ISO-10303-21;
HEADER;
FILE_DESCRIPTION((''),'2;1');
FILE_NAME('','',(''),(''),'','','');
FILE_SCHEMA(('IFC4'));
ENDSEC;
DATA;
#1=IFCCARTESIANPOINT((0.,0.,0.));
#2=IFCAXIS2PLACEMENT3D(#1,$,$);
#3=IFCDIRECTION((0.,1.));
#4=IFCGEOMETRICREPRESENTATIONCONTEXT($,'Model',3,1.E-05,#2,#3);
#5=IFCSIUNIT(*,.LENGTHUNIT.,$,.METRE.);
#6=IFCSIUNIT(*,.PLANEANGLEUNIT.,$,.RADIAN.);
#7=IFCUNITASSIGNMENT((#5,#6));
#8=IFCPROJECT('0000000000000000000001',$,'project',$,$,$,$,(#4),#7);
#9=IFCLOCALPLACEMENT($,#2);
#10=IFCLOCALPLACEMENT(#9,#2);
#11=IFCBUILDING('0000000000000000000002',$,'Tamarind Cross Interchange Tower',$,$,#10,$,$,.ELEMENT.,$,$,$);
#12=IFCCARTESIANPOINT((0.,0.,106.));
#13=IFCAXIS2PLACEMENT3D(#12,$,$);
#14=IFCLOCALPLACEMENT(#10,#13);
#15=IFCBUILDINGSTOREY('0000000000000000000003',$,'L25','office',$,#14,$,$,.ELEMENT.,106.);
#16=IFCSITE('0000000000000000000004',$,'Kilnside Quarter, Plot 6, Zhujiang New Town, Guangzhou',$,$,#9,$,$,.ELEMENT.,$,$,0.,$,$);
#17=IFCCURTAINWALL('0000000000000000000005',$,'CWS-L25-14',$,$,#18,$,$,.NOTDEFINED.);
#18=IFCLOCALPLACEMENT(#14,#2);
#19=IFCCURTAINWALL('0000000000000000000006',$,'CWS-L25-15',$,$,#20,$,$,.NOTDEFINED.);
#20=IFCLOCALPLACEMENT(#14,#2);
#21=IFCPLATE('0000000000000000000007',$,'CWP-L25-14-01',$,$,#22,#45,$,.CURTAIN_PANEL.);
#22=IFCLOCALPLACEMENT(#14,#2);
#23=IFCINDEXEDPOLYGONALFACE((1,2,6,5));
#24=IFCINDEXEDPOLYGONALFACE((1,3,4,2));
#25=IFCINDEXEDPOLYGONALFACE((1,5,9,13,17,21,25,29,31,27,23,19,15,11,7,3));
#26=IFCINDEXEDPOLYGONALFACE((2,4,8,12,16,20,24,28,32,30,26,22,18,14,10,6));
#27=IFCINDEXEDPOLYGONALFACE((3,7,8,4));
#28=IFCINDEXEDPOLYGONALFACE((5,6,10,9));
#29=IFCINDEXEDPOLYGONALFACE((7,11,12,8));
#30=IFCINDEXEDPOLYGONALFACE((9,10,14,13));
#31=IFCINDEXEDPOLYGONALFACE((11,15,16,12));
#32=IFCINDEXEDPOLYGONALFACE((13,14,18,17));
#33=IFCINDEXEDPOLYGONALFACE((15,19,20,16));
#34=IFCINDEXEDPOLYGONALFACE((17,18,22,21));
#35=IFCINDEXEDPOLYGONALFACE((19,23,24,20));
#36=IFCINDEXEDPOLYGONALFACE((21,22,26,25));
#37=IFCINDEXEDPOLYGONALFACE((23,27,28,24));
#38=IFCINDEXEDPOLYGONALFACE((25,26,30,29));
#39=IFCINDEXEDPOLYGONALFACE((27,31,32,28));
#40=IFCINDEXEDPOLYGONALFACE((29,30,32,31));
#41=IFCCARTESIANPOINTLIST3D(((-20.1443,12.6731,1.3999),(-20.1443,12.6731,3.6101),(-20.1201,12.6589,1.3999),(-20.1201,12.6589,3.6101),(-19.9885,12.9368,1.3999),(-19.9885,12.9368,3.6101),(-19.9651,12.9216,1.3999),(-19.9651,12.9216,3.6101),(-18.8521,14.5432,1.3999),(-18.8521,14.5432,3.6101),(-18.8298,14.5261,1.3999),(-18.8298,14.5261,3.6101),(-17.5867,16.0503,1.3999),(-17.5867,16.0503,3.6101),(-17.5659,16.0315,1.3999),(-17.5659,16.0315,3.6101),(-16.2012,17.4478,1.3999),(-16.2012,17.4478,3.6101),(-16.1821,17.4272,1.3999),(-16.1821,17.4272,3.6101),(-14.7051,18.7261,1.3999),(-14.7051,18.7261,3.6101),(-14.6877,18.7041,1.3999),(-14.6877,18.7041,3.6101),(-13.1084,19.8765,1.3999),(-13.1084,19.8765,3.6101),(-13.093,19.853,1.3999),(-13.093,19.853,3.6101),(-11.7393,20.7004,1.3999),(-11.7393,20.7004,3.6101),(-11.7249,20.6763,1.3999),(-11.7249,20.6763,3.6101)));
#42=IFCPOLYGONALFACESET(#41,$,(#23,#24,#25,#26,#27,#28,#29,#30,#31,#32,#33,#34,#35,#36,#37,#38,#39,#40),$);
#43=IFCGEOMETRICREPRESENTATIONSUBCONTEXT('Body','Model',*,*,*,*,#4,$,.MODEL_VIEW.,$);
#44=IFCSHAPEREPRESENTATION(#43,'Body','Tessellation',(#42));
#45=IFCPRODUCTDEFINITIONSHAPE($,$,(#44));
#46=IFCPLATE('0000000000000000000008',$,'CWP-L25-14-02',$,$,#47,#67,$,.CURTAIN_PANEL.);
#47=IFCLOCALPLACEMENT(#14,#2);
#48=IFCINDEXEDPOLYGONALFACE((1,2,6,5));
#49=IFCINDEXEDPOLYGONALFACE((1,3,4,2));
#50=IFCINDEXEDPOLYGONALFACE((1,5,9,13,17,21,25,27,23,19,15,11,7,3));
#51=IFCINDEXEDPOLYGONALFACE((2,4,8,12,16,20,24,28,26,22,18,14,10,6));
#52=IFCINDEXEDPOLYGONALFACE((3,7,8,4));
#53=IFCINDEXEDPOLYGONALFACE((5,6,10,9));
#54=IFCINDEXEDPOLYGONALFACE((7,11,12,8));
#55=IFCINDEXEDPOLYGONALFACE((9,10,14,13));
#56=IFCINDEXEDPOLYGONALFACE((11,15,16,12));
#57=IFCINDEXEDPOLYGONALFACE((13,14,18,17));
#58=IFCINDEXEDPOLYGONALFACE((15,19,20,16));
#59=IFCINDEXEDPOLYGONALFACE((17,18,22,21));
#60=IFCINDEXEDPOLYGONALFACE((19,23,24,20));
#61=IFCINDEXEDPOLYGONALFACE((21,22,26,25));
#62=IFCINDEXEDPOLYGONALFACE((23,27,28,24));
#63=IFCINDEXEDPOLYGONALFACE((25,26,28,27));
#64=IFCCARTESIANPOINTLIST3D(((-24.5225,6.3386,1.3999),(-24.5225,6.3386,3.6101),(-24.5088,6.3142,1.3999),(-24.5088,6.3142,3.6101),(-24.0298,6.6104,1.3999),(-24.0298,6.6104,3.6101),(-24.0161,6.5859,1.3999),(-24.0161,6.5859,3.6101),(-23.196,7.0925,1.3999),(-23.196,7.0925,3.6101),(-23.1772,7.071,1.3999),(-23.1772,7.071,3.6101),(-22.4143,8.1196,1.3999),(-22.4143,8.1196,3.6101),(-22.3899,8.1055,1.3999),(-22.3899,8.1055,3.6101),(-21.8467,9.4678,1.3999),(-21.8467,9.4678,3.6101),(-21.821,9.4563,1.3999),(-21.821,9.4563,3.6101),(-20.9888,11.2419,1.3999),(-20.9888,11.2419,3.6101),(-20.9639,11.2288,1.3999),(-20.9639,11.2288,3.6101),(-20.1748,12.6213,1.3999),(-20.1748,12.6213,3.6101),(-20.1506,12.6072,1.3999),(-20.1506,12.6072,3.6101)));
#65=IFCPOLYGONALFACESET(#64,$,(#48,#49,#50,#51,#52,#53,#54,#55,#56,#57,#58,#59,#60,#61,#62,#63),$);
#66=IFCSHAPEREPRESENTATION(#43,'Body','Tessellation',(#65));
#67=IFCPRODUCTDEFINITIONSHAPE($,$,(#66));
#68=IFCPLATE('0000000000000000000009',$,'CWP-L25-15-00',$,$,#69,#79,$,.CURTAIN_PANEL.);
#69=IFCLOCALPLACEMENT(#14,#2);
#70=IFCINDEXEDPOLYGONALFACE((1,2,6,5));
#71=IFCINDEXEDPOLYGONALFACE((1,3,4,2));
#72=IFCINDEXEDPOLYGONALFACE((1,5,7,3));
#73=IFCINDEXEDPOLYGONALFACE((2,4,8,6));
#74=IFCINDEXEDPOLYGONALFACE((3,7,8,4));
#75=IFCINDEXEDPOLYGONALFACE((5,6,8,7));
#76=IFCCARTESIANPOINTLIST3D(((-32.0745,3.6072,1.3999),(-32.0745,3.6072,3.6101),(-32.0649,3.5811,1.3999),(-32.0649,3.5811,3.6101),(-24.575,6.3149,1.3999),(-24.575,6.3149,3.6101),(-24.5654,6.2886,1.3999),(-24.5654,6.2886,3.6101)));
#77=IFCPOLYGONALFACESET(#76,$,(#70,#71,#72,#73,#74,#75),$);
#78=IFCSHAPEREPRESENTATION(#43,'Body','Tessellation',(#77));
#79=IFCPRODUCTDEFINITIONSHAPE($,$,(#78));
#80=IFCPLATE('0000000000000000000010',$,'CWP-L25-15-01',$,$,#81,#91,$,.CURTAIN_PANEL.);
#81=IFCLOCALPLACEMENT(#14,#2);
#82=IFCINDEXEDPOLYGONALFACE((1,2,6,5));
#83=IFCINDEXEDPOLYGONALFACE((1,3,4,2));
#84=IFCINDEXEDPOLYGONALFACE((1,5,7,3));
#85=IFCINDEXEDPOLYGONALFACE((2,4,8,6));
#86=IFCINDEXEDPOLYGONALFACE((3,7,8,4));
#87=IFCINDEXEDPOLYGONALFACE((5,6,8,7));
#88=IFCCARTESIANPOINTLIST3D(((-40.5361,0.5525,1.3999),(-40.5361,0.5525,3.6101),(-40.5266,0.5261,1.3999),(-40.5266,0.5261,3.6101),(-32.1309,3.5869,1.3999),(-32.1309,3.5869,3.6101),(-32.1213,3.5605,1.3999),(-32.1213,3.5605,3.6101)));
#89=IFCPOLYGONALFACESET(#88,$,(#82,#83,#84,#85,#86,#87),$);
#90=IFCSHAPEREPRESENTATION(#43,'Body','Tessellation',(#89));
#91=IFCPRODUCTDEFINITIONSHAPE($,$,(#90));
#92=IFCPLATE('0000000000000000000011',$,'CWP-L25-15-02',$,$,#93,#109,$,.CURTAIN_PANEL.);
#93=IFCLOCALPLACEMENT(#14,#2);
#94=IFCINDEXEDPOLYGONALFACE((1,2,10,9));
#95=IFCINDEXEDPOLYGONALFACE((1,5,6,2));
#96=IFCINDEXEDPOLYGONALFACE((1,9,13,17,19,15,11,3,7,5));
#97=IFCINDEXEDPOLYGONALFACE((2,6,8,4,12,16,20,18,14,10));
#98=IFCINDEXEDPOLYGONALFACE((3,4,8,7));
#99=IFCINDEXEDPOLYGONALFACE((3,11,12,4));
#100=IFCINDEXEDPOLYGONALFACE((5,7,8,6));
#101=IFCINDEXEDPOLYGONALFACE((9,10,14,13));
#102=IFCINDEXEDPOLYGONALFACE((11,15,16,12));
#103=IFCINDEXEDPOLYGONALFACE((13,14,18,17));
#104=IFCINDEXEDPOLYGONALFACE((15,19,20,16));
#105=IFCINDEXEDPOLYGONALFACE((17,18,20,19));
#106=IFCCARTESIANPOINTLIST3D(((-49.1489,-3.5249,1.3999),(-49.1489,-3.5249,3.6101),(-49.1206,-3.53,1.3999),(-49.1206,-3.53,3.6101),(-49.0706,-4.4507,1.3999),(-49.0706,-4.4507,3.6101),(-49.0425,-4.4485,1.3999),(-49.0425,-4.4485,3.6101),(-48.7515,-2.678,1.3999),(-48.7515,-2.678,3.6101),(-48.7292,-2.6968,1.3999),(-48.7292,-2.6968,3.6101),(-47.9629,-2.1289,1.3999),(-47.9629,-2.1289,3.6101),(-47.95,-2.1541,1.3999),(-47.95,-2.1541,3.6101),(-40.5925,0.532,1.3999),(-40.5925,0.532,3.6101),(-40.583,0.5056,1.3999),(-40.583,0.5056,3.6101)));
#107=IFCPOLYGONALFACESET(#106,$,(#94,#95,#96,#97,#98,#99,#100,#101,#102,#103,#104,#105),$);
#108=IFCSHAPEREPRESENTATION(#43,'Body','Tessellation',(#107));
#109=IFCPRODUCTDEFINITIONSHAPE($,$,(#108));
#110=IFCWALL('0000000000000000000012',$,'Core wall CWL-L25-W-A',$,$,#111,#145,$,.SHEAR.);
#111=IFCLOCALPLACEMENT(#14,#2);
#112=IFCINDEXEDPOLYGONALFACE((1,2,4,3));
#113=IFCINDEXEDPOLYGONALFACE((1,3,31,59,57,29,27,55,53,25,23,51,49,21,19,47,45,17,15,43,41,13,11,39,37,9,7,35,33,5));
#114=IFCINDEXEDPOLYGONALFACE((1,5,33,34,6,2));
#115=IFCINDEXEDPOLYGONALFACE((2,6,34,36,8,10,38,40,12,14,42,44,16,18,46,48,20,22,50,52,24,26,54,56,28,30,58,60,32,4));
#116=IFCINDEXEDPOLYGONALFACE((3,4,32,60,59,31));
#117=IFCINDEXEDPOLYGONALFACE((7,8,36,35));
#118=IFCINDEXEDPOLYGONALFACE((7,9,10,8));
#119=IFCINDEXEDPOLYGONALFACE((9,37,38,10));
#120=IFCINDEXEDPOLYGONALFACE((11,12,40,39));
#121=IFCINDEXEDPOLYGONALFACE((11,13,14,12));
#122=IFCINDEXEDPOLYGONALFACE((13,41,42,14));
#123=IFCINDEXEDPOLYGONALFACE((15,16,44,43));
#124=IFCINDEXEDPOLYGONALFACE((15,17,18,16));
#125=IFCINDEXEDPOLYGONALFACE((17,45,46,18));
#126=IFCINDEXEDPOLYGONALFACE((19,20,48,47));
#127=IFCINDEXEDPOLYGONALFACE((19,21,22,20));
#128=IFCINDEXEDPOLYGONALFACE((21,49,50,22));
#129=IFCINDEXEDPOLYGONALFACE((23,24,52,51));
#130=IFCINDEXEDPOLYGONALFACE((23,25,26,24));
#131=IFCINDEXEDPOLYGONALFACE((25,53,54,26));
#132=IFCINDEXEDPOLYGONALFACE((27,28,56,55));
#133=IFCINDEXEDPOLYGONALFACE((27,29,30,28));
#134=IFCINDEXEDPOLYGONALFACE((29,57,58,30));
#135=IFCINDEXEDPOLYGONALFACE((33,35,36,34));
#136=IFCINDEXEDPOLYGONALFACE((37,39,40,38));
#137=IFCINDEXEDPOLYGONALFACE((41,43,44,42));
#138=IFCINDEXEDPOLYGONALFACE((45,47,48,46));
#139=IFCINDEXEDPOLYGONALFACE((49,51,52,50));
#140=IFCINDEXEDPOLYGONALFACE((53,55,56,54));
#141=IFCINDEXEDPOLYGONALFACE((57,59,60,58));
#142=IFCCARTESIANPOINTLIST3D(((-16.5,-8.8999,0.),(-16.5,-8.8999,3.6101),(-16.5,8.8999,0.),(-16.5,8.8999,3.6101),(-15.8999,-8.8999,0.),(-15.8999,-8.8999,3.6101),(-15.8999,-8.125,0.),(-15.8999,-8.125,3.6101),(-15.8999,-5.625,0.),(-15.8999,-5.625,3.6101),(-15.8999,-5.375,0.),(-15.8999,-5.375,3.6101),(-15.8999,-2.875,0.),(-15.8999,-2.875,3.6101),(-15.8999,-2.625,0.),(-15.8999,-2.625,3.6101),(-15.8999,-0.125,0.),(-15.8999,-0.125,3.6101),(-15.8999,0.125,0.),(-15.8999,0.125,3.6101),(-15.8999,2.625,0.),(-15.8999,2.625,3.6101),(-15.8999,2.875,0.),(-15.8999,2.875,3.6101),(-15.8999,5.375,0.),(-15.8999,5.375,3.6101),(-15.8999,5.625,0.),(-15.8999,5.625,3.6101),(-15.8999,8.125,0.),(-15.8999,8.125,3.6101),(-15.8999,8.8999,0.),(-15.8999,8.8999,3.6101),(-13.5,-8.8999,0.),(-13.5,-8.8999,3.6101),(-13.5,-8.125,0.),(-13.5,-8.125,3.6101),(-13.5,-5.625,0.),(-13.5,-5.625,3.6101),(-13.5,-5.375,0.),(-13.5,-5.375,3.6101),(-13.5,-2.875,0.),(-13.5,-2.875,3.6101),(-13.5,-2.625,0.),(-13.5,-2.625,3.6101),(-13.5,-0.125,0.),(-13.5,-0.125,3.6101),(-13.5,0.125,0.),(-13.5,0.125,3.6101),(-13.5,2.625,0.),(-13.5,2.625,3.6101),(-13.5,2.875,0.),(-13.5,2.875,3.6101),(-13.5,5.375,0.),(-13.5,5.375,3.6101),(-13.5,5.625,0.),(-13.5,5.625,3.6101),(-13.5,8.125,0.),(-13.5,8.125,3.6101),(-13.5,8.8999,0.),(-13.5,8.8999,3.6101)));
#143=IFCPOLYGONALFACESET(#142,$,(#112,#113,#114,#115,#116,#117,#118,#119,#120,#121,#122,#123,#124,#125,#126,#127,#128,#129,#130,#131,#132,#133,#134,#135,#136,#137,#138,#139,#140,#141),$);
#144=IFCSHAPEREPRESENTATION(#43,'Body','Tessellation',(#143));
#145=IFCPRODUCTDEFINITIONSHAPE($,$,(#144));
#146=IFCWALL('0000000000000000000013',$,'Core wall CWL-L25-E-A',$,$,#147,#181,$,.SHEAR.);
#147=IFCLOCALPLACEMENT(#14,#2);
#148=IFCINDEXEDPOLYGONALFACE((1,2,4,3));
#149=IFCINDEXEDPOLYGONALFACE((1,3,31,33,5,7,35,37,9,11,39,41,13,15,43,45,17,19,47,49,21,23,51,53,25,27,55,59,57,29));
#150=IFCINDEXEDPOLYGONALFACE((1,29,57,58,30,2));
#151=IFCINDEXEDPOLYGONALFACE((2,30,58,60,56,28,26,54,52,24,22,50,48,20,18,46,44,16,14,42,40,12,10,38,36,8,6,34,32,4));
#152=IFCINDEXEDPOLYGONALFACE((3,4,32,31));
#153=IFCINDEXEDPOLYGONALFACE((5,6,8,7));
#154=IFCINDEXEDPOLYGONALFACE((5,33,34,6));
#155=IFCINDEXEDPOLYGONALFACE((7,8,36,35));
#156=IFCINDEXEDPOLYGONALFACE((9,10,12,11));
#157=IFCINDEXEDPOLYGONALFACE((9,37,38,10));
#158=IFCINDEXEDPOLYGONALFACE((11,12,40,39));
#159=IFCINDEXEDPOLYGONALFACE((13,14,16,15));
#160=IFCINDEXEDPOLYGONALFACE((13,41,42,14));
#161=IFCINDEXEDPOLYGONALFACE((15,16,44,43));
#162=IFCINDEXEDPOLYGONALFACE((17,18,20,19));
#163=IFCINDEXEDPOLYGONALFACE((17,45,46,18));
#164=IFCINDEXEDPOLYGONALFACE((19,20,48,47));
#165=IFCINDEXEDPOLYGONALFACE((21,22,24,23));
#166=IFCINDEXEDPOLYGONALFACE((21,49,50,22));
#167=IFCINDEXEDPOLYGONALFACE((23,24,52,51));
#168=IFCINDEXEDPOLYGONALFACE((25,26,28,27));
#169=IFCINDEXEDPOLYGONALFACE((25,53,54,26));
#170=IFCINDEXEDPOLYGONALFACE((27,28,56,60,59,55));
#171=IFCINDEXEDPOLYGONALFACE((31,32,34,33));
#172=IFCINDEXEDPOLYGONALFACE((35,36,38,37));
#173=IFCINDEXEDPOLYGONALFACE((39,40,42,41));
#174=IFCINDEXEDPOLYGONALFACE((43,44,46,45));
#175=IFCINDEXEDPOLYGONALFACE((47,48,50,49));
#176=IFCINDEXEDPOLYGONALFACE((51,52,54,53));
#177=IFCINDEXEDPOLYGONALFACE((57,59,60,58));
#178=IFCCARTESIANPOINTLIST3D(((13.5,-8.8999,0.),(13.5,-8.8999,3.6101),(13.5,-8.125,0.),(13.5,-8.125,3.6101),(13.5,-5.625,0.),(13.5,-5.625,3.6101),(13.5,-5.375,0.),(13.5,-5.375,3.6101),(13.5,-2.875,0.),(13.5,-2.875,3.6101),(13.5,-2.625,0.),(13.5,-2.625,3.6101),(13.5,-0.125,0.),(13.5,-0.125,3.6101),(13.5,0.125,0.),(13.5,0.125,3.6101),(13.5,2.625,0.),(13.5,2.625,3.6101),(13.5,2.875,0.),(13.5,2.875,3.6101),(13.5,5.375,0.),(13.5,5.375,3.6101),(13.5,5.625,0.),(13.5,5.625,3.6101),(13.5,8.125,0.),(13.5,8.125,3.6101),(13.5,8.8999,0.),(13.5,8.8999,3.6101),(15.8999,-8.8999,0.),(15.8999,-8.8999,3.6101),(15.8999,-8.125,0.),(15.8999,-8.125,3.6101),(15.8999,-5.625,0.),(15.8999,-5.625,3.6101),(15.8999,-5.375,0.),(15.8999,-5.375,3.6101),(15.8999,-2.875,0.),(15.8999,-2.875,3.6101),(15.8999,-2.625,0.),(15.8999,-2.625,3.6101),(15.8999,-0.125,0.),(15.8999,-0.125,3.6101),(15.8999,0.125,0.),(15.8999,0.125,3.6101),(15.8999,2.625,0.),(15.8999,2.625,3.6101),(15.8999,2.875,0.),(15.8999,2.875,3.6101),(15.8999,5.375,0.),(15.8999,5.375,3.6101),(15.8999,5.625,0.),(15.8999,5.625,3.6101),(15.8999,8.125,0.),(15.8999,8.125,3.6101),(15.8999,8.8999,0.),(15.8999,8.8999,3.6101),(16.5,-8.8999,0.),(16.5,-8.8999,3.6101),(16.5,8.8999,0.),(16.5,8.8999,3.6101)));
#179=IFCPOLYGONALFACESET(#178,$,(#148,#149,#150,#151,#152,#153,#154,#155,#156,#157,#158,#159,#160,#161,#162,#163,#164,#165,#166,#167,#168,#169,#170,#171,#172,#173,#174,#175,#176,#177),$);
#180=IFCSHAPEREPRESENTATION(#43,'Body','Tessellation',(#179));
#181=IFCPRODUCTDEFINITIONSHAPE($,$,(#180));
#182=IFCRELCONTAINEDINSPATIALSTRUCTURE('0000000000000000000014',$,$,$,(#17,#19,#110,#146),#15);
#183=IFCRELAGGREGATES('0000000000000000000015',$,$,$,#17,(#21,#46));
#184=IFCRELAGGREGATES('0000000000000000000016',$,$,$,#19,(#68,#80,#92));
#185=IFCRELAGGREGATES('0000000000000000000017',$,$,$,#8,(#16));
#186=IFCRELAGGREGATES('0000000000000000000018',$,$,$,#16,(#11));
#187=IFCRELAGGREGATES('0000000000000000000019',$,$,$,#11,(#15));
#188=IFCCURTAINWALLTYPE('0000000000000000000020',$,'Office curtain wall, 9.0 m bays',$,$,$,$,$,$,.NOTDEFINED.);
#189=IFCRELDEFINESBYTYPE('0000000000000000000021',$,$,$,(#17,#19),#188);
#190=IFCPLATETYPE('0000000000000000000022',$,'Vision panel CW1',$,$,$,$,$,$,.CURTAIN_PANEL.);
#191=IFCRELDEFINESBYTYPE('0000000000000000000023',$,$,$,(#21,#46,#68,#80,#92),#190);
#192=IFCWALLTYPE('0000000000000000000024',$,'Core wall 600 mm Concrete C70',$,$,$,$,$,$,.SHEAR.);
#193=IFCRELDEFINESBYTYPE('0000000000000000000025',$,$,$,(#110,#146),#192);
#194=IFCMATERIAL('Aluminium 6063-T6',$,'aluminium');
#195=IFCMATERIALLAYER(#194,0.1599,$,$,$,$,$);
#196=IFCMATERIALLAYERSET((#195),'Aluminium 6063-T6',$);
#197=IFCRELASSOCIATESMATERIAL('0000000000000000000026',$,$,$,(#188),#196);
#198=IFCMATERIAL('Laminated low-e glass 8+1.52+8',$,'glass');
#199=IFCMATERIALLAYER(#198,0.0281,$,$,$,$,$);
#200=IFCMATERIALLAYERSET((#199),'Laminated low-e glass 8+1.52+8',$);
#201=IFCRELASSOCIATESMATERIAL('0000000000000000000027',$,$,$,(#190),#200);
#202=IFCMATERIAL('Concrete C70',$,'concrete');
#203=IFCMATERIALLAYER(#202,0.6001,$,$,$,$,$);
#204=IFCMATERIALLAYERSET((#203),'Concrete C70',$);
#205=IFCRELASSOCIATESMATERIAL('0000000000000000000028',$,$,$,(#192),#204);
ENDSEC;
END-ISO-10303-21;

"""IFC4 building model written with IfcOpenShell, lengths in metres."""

from ifc_helpers import new_model, si_unit, direction, frame, origin, place, context, subcontext, project, spatial, polyline, outline, extrude, material, layer, layer_set, type_object, element, aggregate, save


model = new_model("IFC4")

# Units and contexts
model_context = context("Model", 3, precision=1e-05, world=origin(), true_north=direction((0.0, 1.0)))
body_context = subcontext(model_context, "Body", "Model", "MODEL_VIEW")
ifc_project = project(units=[si_unit("LENGTHUNIT", "METRE"), si_unit("PLANEANGLEUNIT", "RADIAN")], contexts=[model_context])

# Site, building, storey
site_placement = place(None, origin())
site = spatial("IfcSite", under=ifc_project, at=site_placement, Name="Kilnside Quarter, Plot 6, Zhujiang New Town, Guangzhou", CompositionType="ELEMENT", RefElevation=0.0)
building_placement = place(site_placement, origin())
building = spatial("IfcBuilding", under=site, at=building_placement, Name="Tamarind Cross Interchange Tower", CompositionType="ELEMENT")
storey_placement = place(building_placement, frame((0.0, 0.0, 106.0)))
storey = spatial("IfcBuildingStorey", under=building, at=storey_placement, Name="L25", Description="office", CompositionType="ELEMENT", Elevation=106.0)

# Curtain walls
ifc_material_1 = material(Name="Aluminium 6063-T6", Category="aluminium")
ifc_layer_1 = layer(ifc_material_1, 0.1599)
ifc_layer_set_1 = layer_set([ifc_layer_1], Name="Aluminium 6063-T6")
curtain_wall_type = type_object("IfcCurtainWallType", Name="Office curtain wall, 9.0 m bays", PredefinedType="NOTDEFINED", material=ifc_layer_set_1)
curtain_wall_1_placement = place(storey_placement, origin())
curtain_wall_1 = element("IfcCurtainWall", 1, at=curtain_wall_1_placement, inside=storey, type_object=curtain_wall_type, Name="CWS-L25-14", PredefinedType="NOTDEFINED")
curtain_wall_2_placement = place(storey_placement, origin())
curtain_wall_2 = element("IfcCurtainWall", 2, at=curtain_wall_2_placement, inside=storey, type_object=curtain_wall_type, Name="CWS-L25-15", PredefinedType="NOTDEFINED")

# Plates
ifc_material_2 = material(Name="Laminated low-e glass 8+1.52+8", Category="glass")
ifc_layer_2 = layer(ifc_material_2, 0.0281)
ifc_layer_set_2 = layer_set([ifc_layer_2], Name="Laminated low-e glass 8+1.52+8")
plate_type = type_object("IfcPlateType", Name="Vision panel CW1", PredefinedType="CURTAIN_PANEL", material=ifc_layer_set_2)
plate_1_placement = place(storey_placement, frame((0.0, 0.0, 1.3999)))
plate_1 = element("IfcPlate", 3, at=plate_1_placement, type_object=plate_type, Name="CWP-L25-14-01", PredefinedType="CURTAIN_PANEL", context=body_context, shape_type="SweptSolid", body=[
    extrude(outline(polyline([(-11.7249, 20.6763), (-13.093, 19.853), (-14.6877, 18.7041), (-16.1821, 17.4272), (-17.5659, 16.0315), (-18.8298, 14.5261), (-19.9651, 12.9216), (-20.1201, 12.6589), (-20.1443, 12.6731), (-19.9885, 12.9368), (-18.8521, 14.5432), (-17.5867, 16.0503), (-16.2012, 17.4478), (-14.7051, 18.7261), (-13.1084, 19.8765), (-11.7393, 20.7004), (-11.7249, 20.6763)])), origin(), (0.0, 0.0, 1.0), 2.2102),
])
plate_2_placement = place(storey_placement, frame((0.0, 0.0, 1.3999)))
plate_2 = element("IfcPlate", 4, at=plate_2_placement, type_object=plate_type, Name="CWP-L25-14-02", PredefinedType="CURTAIN_PANEL", context=body_context, shape_type="SweptSolid", body=[
    extrude(outline(polyline([(-20.1506, 12.6072), (-20.9639, 11.2288), (-21.821, 9.4563), (-22.3899, 8.1055), (-23.1772, 7.071), (-24.0161, 6.5859), (-24.5088, 6.3142), (-24.5225, 6.3386), (-24.0298, 6.6104), (-23.196, 7.0925), (-22.4143, 8.1196), (-21.8467, 9.4678), (-20.9888, 11.2419), (-20.1748, 12.6213), (-20.1506, 12.6072)])), origin(), (0.0, 0.0, 1.0), 2.2102),
])
aggregate(curtain_wall_1, [plate_1, plate_2])
plate_3_placement = place(storey_placement, frame((0.0, 0.0, 1.3999)))
plate_3 = element("IfcPlate", 5, at=plate_3_placement, type_object=plate_type, Name="CWP-L25-15-00", PredefinedType="CURTAIN_PANEL", context=body_context, shape_type="SweptSolid", body=[
    extrude(outline(polyline([(-24.5654, 6.2886), (-32.0649, 3.5811), (-32.0745, 3.6072), (-24.575, 6.3149), (-24.5654, 6.2886)])), origin(), (0.0, 0.0, 1.0), 2.2102),
])
plate_4_placement = place(storey_placement, frame((0.0, 0.0, 1.3999)))
plate_4 = element("IfcPlate", 6, at=plate_4_placement, type_object=plate_type, Name="CWP-L25-15-01", PredefinedType="CURTAIN_PANEL", context=body_context, shape_type="SweptSolid", body=[
    extrude(outline(polyline([(-32.1213, 3.5605), (-40.5266, 0.5261), (-40.5361, 0.5525), (-32.1309, 3.5869), (-32.1213, 3.5605)])), origin(), (0.0, 0.0, 1.0), 2.2102),
])
plate_5_placement = place(storey_placement, frame((0.0, 0.0, 1.3999)))
plate_5 = element("IfcPlate", 7, at=plate_5_placement, type_object=plate_type, Name="CWP-L25-15-02", PredefinedType="CURTAIN_PANEL", context=body_context, shape_type="SweptSolid", body=[
    extrude(outline(polyline([(-40.583, 0.5056), (-47.95, -2.1541), (-48.7292, -2.6968), (-49.1206, -3.53), (-49.0425, -4.4485), (-49.0706, -4.4507), (-49.1489, -3.5249), (-48.7515, -2.678), (-47.9629, -2.1289), (-40.5925, 0.532), (-40.583, 0.5056)])), origin(), (0.0, 0.0, 1.0), 2.2102),
])
aggregate(curtain_wall_2, [plate_3, plate_4, plate_5])

# Walls
ifc_material_3 = material(Name="Concrete C70", Category="concrete")
ifc_layer_3 = layer(ifc_material_3, 0.6001)
ifc_layer_set_3 = layer_set([ifc_layer_3], Name="Concrete C70")
wall_type_1 = type_object("IfcWallType", Name="Core wall 600 mm Concrete C70", PredefinedType="SHEAR", material=ifc_layer_set_3)
wall_1_placement = place(storey_placement, origin())
element("IfcWall", 8, at=wall_1_placement, inside=storey, type_object=wall_type_1, Name="Core wall CWL-L25-W-A", PredefinedType="SHEAR", context=body_context, shape_type="SweptSolid", body=[
    extrude(outline(polyline([(-13.5, -8.8999), (-13.5, -8.125), (-15.8999, -8.125), (-15.8999, -5.625), (-13.5, -5.625), (-13.5, -5.375), (-15.8999, -5.375), (-15.8999, -2.875), (-13.5, -2.875), (-13.5, -2.625), (-15.8999, -2.625), (-15.8999, -0.125), (-13.5, -0.125), (-13.5, 0.125), (-15.8999, 0.125), (-15.8999, 2.625), (-13.5, 2.625), (-13.5, 2.875), (-15.8999, 2.875), (-15.8999, 5.375), (-13.5, 5.375), (-13.5, 5.625), (-15.8999, 5.625), (-15.8999, 8.125), (-13.5, 8.125), (-13.5, 8.8999), (-15.8999, 8.8999), (-16.5, 8.8999), (-16.5, -8.8999), (-15.8999, -8.8999), (-13.5, -8.8999)])), origin(), (0.0, 0.0, 1.0), 3.6101),
])
wall_2_placement = place(storey_placement, origin())
element("IfcWall", 9, at=wall_2_placement, inside=storey, type_object=wall_type_1, Name="Core wall CWL-L25-E-A", PredefinedType="SHEAR", context=body_context, shape_type="SweptSolid", body=[
    extrude(outline(polyline([(13.5, -8.8999), (15.8999, -8.8999), (16.5, -8.8999), (16.5, 8.8999), (15.8999, 8.8999), (13.5, 8.8999), (13.5, 8.125), (15.8999, 8.125), (15.8999, 5.625), (13.5, 5.625), (13.5, 5.375), (15.8999, 5.375), (15.8999, 2.875), (13.5, 2.875), (13.5, 2.625), (15.8999, 2.625), (15.8999, 0.125), (13.5, 0.125), (13.5, -0.125), (15.8999, -0.125), (15.8999, -2.625), (13.5, -2.625), (13.5, -2.875), (15.8999, -2.875), (15.8999, -5.375), (13.5, -5.375), (13.5, -5.625), (15.8999, -5.625), (15.8999, -8.125), (13.5, -8.125), (13.5, -8.8999)])), origin(), (0.0, 0.0, 1.0), 3.6101),
])

save(model, "model.ifc")
